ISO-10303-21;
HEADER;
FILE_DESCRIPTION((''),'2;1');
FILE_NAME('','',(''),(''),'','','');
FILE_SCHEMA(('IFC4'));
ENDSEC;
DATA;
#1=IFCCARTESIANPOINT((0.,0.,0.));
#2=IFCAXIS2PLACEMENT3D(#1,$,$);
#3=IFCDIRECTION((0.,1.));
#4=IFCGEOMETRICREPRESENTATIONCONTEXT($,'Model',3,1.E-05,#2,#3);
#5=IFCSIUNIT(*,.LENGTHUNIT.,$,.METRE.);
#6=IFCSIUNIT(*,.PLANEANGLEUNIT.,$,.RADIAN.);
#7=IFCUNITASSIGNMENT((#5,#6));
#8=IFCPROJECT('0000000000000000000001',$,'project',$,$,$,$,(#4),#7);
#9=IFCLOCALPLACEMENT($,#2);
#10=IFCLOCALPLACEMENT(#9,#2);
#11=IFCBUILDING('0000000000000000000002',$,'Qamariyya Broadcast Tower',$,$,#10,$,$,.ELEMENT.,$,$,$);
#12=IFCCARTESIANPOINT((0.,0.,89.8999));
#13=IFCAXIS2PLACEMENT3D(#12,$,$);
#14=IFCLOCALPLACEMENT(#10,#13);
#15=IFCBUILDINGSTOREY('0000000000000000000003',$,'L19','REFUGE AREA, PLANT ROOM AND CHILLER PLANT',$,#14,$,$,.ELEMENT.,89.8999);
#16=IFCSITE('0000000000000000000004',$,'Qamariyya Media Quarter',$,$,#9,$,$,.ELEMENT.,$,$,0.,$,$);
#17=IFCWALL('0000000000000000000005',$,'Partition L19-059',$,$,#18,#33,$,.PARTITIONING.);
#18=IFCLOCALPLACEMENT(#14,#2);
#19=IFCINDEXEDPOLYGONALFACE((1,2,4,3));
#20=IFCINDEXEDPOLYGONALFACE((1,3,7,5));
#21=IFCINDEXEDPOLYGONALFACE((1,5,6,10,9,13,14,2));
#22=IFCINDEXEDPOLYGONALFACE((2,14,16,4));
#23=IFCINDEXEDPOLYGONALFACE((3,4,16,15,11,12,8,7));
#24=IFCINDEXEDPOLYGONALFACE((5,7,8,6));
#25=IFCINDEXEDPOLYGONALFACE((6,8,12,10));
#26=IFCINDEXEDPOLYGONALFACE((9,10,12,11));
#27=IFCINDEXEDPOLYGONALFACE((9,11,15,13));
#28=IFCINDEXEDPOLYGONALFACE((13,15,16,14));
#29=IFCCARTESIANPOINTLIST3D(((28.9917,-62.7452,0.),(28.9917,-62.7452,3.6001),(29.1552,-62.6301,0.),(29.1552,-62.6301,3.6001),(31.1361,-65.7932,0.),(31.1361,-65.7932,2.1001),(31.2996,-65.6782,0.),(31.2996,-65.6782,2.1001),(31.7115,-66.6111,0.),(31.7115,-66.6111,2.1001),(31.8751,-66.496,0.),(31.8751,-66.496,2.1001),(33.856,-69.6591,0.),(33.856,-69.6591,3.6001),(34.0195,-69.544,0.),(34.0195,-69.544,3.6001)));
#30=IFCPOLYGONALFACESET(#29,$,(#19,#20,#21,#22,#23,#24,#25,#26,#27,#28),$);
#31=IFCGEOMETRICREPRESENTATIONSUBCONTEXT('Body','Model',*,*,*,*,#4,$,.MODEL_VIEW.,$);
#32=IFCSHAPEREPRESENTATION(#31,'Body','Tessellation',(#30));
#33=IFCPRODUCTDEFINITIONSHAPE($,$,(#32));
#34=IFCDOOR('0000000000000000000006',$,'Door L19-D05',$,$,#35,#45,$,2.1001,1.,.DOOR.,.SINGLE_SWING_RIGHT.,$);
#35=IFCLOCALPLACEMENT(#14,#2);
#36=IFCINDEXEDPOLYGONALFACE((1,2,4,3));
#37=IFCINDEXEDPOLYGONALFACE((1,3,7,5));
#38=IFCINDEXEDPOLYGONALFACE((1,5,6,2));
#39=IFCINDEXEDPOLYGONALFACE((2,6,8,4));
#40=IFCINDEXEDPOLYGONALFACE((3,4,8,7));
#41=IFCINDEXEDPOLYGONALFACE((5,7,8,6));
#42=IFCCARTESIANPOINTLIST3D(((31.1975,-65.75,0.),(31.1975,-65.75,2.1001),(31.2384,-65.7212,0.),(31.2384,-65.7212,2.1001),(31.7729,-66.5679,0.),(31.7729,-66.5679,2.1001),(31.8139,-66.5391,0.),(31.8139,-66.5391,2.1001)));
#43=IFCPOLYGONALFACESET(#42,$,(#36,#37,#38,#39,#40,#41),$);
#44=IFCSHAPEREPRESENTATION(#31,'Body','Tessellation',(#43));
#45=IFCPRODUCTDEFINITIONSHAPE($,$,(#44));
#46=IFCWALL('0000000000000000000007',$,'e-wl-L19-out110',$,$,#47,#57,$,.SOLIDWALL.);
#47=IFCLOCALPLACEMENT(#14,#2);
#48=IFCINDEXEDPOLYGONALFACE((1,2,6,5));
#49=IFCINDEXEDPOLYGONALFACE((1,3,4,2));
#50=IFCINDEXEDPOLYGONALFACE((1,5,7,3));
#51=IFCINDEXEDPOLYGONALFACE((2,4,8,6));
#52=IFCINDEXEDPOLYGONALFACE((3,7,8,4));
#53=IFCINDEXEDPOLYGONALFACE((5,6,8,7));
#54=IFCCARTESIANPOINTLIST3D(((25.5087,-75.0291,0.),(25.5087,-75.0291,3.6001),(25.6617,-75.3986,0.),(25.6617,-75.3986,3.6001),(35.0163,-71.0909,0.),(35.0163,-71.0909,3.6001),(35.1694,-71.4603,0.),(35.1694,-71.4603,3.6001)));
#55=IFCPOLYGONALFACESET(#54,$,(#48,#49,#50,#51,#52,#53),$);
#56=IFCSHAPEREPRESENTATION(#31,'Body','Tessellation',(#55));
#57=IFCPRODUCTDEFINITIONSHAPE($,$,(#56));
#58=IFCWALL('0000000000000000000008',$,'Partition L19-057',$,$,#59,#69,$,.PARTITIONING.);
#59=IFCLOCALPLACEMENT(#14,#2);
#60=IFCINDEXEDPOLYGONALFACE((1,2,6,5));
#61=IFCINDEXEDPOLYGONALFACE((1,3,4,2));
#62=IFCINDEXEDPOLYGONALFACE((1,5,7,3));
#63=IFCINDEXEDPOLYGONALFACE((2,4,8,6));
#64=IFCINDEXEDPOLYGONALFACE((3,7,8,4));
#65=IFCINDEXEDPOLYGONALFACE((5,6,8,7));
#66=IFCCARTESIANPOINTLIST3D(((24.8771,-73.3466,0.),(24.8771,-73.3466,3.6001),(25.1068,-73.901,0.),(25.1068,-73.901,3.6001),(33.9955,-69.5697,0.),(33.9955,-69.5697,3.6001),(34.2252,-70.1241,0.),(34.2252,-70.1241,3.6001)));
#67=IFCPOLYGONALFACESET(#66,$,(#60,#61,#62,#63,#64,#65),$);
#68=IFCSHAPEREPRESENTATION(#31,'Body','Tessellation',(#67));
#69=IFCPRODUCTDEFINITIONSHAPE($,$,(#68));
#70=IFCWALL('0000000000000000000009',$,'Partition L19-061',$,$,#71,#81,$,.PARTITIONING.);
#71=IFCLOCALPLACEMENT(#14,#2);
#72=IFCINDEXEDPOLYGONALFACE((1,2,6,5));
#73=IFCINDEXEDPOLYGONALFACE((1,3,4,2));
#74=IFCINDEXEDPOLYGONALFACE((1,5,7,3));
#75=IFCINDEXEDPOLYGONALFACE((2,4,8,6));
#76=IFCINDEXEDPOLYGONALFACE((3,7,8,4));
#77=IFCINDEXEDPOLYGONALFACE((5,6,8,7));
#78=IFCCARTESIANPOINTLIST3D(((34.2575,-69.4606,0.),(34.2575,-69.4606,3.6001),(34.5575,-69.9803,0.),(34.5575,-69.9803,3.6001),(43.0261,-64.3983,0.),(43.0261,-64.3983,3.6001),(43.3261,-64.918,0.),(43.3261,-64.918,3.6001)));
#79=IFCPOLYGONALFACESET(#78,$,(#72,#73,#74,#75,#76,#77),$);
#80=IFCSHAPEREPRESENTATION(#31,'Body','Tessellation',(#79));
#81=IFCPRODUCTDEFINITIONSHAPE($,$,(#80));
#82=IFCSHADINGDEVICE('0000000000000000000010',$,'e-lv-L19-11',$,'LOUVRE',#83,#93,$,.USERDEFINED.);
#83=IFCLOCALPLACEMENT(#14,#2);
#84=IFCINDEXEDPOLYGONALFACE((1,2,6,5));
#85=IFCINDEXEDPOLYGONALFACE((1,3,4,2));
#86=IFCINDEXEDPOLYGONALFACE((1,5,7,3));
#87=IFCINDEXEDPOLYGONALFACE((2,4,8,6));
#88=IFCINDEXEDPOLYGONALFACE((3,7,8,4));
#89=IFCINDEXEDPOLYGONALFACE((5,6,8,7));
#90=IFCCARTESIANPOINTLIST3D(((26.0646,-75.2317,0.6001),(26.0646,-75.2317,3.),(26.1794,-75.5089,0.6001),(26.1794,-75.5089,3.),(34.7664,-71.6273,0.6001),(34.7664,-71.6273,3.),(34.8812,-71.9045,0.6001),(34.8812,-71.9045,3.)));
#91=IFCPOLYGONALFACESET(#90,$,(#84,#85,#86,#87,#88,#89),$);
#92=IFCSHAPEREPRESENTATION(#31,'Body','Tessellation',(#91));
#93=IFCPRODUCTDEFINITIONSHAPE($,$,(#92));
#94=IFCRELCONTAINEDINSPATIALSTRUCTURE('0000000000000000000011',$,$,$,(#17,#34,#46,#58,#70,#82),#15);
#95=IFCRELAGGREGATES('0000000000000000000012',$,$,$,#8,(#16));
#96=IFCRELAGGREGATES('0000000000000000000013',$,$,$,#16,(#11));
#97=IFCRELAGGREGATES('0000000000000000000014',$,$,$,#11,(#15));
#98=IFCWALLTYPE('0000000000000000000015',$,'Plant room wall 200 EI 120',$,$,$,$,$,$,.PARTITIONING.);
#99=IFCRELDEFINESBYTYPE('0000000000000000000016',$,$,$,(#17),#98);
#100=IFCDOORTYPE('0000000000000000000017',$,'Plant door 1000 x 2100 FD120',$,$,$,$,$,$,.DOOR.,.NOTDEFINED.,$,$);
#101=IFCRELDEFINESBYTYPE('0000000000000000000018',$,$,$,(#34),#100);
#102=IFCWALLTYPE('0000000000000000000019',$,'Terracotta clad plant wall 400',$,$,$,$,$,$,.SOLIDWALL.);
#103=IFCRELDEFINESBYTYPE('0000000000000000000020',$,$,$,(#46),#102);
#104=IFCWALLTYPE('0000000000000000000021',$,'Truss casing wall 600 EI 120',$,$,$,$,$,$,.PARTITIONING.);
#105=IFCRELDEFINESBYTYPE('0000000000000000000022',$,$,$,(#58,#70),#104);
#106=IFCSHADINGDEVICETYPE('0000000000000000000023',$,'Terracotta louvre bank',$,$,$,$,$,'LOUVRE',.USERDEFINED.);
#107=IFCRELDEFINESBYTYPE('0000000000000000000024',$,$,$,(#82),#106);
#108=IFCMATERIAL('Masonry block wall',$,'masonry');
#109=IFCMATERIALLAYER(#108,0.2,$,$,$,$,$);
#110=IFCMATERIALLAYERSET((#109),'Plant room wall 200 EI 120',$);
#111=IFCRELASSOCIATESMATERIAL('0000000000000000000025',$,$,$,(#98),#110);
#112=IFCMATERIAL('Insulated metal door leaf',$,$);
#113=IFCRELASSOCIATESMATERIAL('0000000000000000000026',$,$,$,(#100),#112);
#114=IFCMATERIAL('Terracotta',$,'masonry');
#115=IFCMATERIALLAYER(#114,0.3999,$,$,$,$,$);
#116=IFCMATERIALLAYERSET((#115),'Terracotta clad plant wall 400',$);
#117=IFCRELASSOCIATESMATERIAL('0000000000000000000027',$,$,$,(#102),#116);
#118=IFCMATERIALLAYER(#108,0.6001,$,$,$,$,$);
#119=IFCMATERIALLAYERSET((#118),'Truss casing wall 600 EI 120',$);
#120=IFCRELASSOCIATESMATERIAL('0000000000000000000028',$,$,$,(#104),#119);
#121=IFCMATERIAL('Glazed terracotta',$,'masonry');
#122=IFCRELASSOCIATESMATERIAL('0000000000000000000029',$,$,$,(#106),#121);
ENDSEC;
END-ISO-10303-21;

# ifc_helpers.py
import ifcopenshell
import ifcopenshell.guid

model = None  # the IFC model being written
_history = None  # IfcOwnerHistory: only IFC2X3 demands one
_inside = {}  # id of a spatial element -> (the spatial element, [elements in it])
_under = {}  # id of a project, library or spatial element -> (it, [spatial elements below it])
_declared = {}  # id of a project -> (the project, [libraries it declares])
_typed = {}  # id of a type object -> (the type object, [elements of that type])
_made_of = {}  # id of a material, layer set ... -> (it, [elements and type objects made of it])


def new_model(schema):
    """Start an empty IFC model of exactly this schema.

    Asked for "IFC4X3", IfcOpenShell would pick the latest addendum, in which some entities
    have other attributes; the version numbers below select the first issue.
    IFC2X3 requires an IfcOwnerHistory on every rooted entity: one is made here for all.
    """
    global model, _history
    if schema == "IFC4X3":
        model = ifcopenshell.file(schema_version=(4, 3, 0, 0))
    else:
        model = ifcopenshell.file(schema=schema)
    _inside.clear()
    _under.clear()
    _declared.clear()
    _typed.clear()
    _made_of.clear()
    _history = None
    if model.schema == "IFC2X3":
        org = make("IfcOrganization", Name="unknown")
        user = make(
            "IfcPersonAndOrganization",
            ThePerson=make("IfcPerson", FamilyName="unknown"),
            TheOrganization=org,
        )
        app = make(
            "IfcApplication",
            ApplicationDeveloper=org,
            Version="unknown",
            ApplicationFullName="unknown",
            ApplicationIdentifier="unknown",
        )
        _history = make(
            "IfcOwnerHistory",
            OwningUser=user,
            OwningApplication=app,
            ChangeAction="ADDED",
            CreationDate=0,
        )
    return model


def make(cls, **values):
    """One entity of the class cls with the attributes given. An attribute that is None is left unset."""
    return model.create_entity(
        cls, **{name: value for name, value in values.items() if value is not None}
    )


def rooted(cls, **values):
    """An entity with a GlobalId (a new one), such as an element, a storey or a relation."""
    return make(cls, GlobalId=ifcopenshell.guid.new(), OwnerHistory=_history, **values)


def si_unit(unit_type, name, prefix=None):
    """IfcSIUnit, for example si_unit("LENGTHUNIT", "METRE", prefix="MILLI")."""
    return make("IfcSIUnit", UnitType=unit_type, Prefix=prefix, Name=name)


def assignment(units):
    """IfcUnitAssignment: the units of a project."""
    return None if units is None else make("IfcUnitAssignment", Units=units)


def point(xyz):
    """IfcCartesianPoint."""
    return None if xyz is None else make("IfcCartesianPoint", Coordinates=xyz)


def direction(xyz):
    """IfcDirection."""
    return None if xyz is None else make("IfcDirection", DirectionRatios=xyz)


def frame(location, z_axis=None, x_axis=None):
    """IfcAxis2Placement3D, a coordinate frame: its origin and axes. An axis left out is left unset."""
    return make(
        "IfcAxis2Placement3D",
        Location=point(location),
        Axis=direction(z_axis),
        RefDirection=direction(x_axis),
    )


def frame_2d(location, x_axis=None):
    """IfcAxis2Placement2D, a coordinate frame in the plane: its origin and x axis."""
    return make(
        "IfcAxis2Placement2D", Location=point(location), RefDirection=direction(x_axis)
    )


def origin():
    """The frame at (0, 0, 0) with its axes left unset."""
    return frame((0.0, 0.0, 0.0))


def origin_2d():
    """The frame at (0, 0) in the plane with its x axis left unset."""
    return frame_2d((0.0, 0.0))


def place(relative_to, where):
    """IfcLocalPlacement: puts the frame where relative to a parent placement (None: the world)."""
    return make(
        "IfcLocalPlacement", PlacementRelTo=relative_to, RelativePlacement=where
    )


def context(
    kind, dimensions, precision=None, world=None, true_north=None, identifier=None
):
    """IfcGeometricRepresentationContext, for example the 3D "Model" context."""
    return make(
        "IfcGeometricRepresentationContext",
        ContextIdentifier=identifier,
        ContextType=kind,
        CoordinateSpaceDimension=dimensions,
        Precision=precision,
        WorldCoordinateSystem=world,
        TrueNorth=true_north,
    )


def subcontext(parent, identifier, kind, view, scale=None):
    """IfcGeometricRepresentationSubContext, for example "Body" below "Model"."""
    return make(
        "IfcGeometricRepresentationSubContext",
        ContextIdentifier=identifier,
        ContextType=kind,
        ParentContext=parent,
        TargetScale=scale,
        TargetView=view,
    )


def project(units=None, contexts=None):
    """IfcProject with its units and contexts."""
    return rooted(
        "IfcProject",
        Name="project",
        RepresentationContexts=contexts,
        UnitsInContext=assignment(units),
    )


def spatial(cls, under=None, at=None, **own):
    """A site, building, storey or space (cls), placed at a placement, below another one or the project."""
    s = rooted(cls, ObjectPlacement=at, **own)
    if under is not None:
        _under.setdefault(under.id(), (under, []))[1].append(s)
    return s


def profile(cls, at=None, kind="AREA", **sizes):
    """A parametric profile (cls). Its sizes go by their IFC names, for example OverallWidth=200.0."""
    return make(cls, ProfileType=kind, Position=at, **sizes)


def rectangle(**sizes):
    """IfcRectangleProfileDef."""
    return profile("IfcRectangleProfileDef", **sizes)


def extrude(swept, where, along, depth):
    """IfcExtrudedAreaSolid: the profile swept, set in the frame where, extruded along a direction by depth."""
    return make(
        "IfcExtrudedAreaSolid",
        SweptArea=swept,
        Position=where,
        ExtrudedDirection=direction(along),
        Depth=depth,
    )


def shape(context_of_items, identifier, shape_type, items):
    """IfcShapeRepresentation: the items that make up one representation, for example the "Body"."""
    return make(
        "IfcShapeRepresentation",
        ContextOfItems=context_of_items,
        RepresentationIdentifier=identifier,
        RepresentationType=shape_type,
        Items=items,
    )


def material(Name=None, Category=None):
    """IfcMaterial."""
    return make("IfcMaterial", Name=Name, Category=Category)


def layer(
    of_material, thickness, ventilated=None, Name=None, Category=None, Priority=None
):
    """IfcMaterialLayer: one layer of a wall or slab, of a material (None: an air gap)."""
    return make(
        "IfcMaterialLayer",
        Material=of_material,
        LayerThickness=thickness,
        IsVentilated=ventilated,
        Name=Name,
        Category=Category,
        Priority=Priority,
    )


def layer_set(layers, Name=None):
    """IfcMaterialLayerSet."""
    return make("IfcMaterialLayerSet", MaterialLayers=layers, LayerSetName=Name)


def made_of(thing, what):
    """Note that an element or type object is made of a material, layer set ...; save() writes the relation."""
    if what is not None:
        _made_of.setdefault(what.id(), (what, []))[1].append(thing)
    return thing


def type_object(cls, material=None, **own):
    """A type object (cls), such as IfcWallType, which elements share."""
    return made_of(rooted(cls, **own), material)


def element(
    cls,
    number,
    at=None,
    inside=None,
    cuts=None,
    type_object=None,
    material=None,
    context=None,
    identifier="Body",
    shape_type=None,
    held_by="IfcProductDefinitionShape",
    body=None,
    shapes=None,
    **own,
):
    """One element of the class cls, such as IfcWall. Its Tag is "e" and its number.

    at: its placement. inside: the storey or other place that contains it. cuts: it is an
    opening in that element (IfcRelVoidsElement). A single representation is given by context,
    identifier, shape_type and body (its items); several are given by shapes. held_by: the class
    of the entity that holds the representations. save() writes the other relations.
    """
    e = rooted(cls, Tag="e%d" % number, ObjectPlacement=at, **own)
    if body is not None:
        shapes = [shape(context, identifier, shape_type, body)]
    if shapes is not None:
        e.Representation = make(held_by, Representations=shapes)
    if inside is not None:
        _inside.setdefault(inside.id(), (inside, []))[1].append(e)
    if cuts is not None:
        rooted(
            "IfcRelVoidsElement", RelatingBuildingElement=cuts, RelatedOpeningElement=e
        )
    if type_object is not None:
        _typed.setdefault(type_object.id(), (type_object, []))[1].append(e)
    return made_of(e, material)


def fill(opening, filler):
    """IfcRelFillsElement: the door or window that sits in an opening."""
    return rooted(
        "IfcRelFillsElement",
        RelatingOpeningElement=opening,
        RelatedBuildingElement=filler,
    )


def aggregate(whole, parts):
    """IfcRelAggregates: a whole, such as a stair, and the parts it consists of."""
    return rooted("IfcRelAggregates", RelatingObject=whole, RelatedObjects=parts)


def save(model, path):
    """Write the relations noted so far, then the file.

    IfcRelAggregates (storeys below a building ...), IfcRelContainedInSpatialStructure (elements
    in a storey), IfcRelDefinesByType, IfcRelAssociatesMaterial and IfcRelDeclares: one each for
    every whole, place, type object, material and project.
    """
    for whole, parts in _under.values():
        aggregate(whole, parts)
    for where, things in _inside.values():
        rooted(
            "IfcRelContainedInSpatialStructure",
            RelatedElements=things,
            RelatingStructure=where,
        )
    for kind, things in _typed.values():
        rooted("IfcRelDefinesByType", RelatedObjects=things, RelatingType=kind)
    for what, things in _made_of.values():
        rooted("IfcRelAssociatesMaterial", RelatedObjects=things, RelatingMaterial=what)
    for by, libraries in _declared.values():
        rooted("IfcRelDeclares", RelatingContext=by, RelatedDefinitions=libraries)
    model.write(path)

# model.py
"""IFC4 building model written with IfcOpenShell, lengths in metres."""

from ifc_helpers import new_model, si_unit, direction, frame, frame_2d, origin, origin_2d, place, context, subcontext, project, spatial, rectangle, extrude, material, layer, layer_set, type_object, element, fill, save


model = new_model("IFC4")

# Units and contexts
model_context = context("Model", 3, precision=1e-05, world=origin(), true_north=direction((0.0, 1.0)))
body_context = subcontext(model_context, "Body", "Model", "MODEL_VIEW")
ifc_project = project(units=[si_unit("LENGTHUNIT", "METRE"), si_unit("PLANEANGLEUNIT", "RADIAN")], contexts=[model_context])

# Site, building, storey
site_placement = place(None, origin())
site = spatial("IfcSite", under=ifc_project, at=site_placement, Name="Qamariyya Media Quarter", CompositionType="ELEMENT", RefElevation=0.0)
building_placement = place(site_placement, origin())
building = spatial("IfcBuilding", under=site, at=building_placement, Name="Qamariyya Broadcast Tower", CompositionType="ELEMENT")
storey_placement = place(building_placement, frame((0.0, 0.0, 89.8999)))
storey = spatial("IfcBuildingStorey", under=building, at=storey_placement, Name="L19", Description="REFUGE AREA, PLANT ROOM AND CHILLER PLANT", CompositionType="ELEMENT", Elevation=89.8999)

# Shared definitions
ifc_material_1 = material(Name="Masonry block wall", Category="masonry")
ifc_layer_1 = layer(ifc_material_1, 0.2)
ifc_layer_set_1 = layer_set([ifc_layer_1], Name="Plant room wall 200 EI 120")
wall_type_1 = type_object("IfcWallType", Name="Plant room wall 200 EI 120", PredefinedType="PARTITIONING", material=ifc_layer_set_1)

# Wall, opening, door
wall_1_placement = place(storey_placement, frame((33.9377, -69.6016, 0.0), z_axis=(0.0, 0.0, 1.0), x_axis=(-0.575413, 0.817863, 0.0)))
wall_1 = element("IfcWall", 1, at=wall_1_placement, inside=storey, type_object=wall_type_1, Name="Partition L19-059", PredefinedType="PARTITIONING", context=body_context, shape_type="SweptSolid", body=[
    extrude(rectangle(XDim=8.4536, YDim=0.2, at=frame_2d((4.2268, 0.0))), origin(), (0.0, 0.0, 1.0), 3.6001),
])
opening_1_placement = place(wall_1_placement, frame((3.7268, 0.0, 0.0)))
opening_1 = element("IfcOpeningElement", 2, at=opening_1_placement, cuts=wall_1, PredefinedType="OPENING", context=body_context, shape_type="SweptSolid", body=[
    extrude(rectangle(XDim=1.0, YDim=2.1001, at=frame_2d((0.5, 1.05))), frame((0.0, 0.1099, 0.0), z_axis=(0.0, -1.0, 0.0), x_axis=(1.0, 0.0, 0.0)), (0.0, 0.0, 1.0), 0.22),
])
ifc_material_2 = material(Name="Insulated metal door leaf")
door_type_1 = type_object("IfcDoorType", Name="Plant door 1000 x 2100 FD120", OperationType="NOTDEFINED", PredefinedType="DOOR", material=ifc_material_2)
door_1_placement = place(opening_1_placement, origin())
door_1 = element("IfcDoor", 3, at=door_1_placement, inside=storey, type_object=door_type_1, Name="Door L19-D05", OperationType="SINGLE_SWING_RIGHT", OverallHeight=2.1001, OverallWidth=1.0, PredefinedType="DOOR", context=body_context, shape_type="SweptSolid", body=[
    extrude(rectangle(XDim=1.0, YDim=2.1001, at=frame_2d((0.5, 1.05))), frame((0.0, 0.0249, 0.0), z_axis=(0.0, -1.0, 0.0), x_axis=(1.0, 0.0, 0.0)), (0.0, 0.0, 1.0), 0.05),
])
fill(opening_1, door_1)

# Walls
ifc_material_3 = material(Name="Terracotta", Category="masonry")
ifc_layer_2 = layer(ifc_material_3, 0.3999)
ifc_layer_set_2 = layer_set([ifc_layer_2], Name="Terracotta clad plant wall 400")
wall_type_2 = type_object("IfcWallType", Name="Terracotta clad plant wall 400", PredefinedType="SOLIDWALL", material=ifc_layer_set_2)
wall_2_placement = place(storey_placement, frame((25.5852, -75.2139, 0.0), z_axis=(0.0, 0.0, 1.0), x_axis=(0.923877, 0.382689, 0.0)))
element("IfcWall", 4, at=wall_2_placement, inside=storey, type_object=wall_type_2, Name="e-wl-L19-out110", PredefinedType="SOLIDWALL", context=body_context, shape_type="SweptSolid", body=[
    extrude(rectangle(XDim=10.291, YDim=0.3999, at=frame_2d((5.1455, 0.0))), origin(), (0.0, 0.0, 1.0), 3.6001),
])
ifc_layer_3 = layer(ifc_material_1, 0.6001)
ifc_layer_set_3 = layer_set([ifc_layer_3], Name="Truss casing wall 600 EI 120")
wall_type_3 = type_object("IfcWallType", Name="Truss casing wall 600 EI 120", PredefinedType="PARTITIONING", material=ifc_layer_set_3)
wall_3_placement = place(storey_placement, frame((24.9919, -73.6238, 0.0), z_axis=(0.0, 0.0, 1.0), x_axis=(0.923884, 0.382674, 0.0)))
element("IfcWall", 5, at=wall_3_placement, inside=storey, type_object=wall_type_3, Name="Partition L19-057", PredefinedType="PARTITIONING", context=body_context, shape_type="SweptSolid", body=[
    extrude(rectangle(XDim=9.8696, YDim=0.6001, at=frame_2d((4.9348, 0.0))), origin(), (0.0, 0.0, 1.0), 3.6001),
])
wall_4_placement = place(storey_placement, frame((34.4075, -69.7205, 0.0), z_axis=(0.0, 0.0, 1.0), x_axis=(0.866037, 0.49998, 0.0)))
element("IfcWall", 6, at=wall_4_placement, inside=storey, type_object=wall_type_3, Name="Partition L19-061", PredefinedType="PARTITIONING", context=body_context, shape_type="SweptSolid", body=[
    extrude(rectangle(XDim=10.125, YDim=0.6001, at=frame_2d((5.0625, 0.0))), origin(), (0.0, 0.0, 1.0), 3.6001),
])

# Shading device
ifc_material_4 = material(Name="Glazed terracotta", Category="masonry")
shading_device_type = type_object("IfcShadingDeviceType", Name="Terracotta louvre bank", ElementType="LOUVRE", PredefinedType="USERDEFINED", material=ifc_material_4)
shading_device_placement = place(storey_placement, frame((30.4729, -73.5681, 0.6001), z_axis=(0.0, 0.0, 1.0), x_axis=(0.92388, 0.382683, 0.0)))
element("IfcShadingDevice", 7, at=shading_device_placement, inside=storey, type_object=shading_device_type, Name="e-lv-L19-11", ObjectType="LOUVRE", PredefinedType="USERDEFINED", context=body_context, shape_type="SweptSolid", body=[
    extrude(rectangle(XDim=9.4187, YDim=0.3, at=origin_2d()), origin(), (0.0, 0.0, 1.0), 2.3999),
])

save(model, "model.ifc")
